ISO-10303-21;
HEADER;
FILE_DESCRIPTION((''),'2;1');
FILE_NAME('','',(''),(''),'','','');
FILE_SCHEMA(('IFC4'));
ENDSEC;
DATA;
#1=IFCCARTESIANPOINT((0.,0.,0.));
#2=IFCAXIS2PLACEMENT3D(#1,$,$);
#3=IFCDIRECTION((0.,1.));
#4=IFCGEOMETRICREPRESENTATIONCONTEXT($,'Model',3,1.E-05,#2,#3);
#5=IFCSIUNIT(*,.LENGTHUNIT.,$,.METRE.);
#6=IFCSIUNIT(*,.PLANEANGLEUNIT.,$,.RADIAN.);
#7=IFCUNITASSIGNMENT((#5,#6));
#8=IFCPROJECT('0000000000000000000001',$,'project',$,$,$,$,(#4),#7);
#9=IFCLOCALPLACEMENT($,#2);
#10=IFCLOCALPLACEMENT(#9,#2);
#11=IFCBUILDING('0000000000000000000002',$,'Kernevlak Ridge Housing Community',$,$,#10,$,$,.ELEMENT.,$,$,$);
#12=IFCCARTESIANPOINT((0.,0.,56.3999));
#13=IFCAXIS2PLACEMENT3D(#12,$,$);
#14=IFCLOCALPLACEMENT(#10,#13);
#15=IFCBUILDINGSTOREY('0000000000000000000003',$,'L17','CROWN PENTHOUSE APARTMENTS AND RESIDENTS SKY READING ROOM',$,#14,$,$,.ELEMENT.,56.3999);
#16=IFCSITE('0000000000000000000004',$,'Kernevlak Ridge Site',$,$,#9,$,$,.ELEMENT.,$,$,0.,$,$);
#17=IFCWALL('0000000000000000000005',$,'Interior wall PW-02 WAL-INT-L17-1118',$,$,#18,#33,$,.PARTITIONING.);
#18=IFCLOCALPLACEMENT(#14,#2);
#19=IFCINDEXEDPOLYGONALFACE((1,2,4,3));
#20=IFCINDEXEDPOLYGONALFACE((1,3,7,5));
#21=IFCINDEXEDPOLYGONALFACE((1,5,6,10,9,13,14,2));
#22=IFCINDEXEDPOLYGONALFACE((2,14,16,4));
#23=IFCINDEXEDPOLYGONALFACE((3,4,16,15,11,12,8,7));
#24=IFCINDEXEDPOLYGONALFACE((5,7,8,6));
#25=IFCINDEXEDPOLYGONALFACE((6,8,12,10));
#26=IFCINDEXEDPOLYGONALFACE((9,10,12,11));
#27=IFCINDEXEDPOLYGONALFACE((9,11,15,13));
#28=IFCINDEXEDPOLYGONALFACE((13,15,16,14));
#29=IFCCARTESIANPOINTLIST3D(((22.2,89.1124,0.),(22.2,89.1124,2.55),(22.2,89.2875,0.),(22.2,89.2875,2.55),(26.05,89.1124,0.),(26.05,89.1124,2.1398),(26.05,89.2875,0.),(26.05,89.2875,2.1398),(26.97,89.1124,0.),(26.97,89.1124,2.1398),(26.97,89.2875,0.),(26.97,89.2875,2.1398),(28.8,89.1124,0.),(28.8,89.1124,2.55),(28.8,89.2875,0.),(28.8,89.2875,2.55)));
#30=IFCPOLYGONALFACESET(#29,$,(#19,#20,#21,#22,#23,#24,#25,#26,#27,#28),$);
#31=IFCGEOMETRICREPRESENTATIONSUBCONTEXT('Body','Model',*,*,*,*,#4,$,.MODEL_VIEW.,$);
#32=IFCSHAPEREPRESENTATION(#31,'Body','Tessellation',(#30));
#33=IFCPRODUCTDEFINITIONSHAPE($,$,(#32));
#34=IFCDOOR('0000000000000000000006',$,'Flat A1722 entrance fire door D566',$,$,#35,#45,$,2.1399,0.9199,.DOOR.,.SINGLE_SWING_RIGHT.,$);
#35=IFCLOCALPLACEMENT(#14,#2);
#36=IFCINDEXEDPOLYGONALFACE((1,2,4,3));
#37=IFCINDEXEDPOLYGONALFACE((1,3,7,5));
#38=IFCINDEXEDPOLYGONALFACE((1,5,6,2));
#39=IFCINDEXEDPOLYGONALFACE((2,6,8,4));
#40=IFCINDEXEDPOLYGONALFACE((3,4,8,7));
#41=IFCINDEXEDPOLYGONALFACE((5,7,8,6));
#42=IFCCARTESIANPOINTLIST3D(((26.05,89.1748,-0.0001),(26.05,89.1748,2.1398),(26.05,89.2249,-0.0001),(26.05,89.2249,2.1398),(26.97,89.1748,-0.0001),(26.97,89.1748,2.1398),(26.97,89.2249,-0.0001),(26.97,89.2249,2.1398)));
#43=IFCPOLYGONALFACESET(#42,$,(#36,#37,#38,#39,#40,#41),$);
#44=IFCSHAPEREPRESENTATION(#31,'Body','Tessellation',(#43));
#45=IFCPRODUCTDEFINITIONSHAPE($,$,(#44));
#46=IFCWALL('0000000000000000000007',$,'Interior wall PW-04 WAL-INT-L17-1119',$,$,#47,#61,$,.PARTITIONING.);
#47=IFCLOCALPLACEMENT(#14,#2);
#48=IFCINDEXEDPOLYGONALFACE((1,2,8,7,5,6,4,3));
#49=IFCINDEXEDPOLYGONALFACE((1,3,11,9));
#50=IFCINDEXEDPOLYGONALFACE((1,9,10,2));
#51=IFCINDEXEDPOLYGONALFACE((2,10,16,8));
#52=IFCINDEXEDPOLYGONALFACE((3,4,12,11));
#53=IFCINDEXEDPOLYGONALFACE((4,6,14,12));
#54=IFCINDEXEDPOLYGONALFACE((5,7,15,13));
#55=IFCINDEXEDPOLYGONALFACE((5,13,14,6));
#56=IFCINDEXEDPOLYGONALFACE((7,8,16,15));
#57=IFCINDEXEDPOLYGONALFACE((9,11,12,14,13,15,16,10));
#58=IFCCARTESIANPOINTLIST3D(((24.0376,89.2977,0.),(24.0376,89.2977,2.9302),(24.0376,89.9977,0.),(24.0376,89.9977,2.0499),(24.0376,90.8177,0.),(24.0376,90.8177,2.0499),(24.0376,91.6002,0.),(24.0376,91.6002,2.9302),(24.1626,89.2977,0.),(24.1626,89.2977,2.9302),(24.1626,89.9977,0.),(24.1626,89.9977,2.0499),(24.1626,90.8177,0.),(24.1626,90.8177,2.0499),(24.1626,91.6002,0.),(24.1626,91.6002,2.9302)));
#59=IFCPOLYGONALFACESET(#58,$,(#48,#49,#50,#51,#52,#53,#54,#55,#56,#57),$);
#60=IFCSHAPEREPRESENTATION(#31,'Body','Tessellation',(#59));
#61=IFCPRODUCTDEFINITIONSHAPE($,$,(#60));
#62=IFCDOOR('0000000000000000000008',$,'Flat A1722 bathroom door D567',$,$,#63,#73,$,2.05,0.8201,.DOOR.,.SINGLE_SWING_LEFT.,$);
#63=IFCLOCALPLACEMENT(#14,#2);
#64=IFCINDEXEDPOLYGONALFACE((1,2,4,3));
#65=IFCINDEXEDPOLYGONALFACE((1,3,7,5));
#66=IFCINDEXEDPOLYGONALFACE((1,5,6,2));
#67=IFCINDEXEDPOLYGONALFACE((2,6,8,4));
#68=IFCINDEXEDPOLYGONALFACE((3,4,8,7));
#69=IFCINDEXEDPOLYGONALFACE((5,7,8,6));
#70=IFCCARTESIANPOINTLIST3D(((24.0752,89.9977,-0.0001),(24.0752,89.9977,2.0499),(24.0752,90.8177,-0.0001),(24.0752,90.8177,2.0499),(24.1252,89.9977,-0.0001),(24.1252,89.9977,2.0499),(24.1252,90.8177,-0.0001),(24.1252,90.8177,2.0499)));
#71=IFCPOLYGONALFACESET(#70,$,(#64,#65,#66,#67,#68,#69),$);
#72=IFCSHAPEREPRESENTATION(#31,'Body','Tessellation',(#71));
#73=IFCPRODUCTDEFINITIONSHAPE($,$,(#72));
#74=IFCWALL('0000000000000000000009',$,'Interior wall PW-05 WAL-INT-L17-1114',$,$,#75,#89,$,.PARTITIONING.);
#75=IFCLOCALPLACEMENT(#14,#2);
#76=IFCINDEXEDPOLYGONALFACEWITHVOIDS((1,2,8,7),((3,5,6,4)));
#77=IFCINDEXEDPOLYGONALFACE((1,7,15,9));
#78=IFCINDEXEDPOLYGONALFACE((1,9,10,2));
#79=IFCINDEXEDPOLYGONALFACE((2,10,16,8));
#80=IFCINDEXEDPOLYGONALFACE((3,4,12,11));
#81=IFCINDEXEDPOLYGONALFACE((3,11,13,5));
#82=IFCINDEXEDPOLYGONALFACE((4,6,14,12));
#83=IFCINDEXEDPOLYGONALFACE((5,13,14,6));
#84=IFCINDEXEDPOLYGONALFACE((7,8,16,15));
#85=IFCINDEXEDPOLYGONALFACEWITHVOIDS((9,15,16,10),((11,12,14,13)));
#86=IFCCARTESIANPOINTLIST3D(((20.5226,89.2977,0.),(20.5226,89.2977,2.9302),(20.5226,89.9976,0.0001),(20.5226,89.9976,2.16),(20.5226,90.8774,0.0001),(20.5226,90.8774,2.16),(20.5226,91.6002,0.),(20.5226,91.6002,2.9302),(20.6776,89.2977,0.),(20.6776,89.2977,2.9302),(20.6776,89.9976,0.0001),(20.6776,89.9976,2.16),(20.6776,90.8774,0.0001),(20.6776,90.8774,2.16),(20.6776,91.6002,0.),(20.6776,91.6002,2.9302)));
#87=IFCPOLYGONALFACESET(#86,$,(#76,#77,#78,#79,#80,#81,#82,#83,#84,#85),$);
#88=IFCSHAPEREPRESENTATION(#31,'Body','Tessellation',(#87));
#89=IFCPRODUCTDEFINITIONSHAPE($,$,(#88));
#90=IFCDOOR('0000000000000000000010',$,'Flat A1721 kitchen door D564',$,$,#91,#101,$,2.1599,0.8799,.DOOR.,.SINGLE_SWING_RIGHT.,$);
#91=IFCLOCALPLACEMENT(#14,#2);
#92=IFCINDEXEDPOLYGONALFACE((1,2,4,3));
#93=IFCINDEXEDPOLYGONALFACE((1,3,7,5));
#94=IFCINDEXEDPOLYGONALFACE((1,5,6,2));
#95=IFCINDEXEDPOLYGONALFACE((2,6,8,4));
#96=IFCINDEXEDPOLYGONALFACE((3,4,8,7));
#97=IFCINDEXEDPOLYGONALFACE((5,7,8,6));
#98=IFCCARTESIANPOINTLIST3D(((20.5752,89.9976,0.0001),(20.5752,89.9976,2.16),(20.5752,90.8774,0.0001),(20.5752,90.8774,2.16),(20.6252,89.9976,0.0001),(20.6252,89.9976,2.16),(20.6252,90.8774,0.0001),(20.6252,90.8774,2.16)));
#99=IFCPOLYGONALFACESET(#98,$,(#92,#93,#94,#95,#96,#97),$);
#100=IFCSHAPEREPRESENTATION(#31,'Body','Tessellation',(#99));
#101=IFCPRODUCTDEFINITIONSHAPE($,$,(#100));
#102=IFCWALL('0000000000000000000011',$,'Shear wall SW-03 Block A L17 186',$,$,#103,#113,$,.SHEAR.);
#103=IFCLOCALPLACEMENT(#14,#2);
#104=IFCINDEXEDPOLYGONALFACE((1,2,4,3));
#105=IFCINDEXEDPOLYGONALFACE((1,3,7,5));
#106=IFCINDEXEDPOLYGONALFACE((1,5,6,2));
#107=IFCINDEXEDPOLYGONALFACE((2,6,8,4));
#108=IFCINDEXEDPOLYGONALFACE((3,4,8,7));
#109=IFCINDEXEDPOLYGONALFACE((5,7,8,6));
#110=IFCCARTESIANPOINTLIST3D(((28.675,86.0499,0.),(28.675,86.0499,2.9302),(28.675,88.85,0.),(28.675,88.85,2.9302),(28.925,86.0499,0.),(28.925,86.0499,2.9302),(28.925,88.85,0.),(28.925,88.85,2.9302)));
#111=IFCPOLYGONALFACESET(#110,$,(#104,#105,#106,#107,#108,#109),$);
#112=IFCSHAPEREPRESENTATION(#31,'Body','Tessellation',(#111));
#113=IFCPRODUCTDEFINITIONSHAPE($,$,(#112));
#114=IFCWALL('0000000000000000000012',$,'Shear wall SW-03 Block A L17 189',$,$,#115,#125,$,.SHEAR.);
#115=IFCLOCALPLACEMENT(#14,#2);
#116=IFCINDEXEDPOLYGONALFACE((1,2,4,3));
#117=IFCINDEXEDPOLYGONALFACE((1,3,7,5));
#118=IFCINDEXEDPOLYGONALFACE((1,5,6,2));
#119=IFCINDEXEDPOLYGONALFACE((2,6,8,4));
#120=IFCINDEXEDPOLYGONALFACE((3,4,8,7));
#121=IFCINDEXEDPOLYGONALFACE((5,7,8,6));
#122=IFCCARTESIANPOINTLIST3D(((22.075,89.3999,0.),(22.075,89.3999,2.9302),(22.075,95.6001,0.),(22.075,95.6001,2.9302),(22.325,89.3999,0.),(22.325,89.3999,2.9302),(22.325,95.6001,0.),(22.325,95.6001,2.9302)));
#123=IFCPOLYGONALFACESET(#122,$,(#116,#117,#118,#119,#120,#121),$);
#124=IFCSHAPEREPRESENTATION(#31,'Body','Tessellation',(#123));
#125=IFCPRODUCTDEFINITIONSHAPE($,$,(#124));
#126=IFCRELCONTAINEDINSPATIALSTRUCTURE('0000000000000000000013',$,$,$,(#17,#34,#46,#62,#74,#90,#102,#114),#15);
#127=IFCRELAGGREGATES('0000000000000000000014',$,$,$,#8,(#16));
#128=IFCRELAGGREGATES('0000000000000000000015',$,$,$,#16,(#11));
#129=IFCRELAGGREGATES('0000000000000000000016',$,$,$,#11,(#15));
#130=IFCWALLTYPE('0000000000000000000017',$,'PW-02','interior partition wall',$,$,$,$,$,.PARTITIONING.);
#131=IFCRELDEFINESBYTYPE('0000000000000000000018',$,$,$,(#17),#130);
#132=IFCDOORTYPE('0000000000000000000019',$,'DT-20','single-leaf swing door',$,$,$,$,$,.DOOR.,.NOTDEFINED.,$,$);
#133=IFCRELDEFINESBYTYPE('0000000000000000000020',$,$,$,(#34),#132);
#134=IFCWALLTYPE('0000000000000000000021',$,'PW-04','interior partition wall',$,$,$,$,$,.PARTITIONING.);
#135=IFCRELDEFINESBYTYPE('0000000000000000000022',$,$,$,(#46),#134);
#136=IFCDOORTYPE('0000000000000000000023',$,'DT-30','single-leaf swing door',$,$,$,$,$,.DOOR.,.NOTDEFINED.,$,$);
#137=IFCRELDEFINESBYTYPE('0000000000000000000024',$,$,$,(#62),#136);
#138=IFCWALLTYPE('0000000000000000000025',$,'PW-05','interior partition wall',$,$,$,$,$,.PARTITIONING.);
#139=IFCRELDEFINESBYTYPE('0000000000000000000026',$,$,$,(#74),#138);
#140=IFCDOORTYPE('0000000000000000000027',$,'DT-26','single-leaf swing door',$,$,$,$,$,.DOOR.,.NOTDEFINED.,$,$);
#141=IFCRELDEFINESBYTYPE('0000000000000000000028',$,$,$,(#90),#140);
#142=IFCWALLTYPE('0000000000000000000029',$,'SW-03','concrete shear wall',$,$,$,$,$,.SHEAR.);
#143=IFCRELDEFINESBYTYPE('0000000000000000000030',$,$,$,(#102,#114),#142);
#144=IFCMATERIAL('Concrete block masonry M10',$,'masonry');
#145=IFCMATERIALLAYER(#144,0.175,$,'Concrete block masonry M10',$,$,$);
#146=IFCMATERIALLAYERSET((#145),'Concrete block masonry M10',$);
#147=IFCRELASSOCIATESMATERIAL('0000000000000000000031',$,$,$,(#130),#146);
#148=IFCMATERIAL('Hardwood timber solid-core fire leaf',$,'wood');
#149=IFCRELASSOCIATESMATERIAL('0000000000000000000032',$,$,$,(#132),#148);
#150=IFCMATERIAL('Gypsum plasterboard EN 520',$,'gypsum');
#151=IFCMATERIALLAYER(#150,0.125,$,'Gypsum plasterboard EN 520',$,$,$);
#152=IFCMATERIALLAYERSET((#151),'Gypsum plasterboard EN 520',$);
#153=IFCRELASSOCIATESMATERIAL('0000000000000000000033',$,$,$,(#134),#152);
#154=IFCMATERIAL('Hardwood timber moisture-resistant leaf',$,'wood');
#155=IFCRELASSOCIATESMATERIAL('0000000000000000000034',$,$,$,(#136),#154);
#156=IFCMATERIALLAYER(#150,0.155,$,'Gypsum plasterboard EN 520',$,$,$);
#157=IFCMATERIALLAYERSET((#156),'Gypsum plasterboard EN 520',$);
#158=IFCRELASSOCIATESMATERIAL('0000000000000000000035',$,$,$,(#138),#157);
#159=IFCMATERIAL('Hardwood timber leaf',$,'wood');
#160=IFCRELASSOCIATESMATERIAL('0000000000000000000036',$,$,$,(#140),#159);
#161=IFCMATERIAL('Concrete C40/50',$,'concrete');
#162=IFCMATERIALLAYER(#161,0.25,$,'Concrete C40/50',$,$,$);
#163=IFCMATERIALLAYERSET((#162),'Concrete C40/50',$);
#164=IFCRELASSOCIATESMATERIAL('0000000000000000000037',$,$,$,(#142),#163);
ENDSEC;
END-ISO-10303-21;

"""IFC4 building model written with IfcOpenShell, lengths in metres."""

from ifc_helpers import new_model, si_unit, direction, frame, frame_2d, origin, place, context, subcontext, project, spatial, rectangle, extrude, material, layer, layer_set, type_object, element, fill, save


model = new_model("IFC4")

# Units and contexts
model_context = context("Model", 3, precision=1e-05, world=origin(), true_north=direction((0.0, 1.0)))
body_context = subcontext(model_context, "Body", "Model", "MODEL_VIEW")
ifc_project = project(units=[si_unit("LENGTHUNIT", "METRE"), si_unit("PLANEANGLEUNIT", "RADIAN")], contexts=[model_context])

# Site, building, storey
site_placement = place(None, origin())
site = spatial("IfcSite", under=ifc_project, at=site_placement, Name="Kernevlak Ridge Site", CompositionType="ELEMENT", RefElevation=0.0)
building_placement = place(site_placement, origin())
building = spatial("IfcBuilding", under=site, at=building_placement, Name="Kernevlak Ridge Housing Community", CompositionType="ELEMENT")
storey_placement = place(building_placement, frame((0.0, 0.0, 56.3999)))
storey = spatial("IfcBuildingStorey", under=building, at=storey_placement, Name="L17", Description="CROWN PENTHOUSE APARTMENTS AND RESIDENTS SKY READING ROOM", CompositionType="ELEMENT", Elevation=56.3999)

# Shared definitions
ifc_material_1 = material(Name="Concrete block masonry M10", Category="masonry")
ifc_layer_1 = layer(ifc_material_1, 0.175, Name="Concrete block masonry M10")
ifc_layer_set_1 = layer_set([ifc_layer_1], Name="Concrete block masonry M10")
wall_type_1 = type_object("IfcWallType", Name="PW-02", Description="interior partition wall", PredefinedType="PARTITIONING", material=ifc_layer_set_1)

# Walls, openings, doors
ifc_material_2 = material(Name="Hardwood timber solid-core fire leaf", Category="wood")
door_type_1 = type_object("IfcDoorType", Name="DT-20", Description="single-leaf swing door", OperationType="NOTDEFINED", PredefinedType="DOOR", material=ifc_material_2)
wall_1_placement = place(storey_placement, frame((22.2, 89.2, 0.0), z_axis=(0.0, 0.0, 1.0), x_axis=(1.0, 0.0, 0.0)))
wall_1 = element("IfcWall", 1, at=wall_1_placement, inside=storey, type_object=wall_type_1, Name="Interior wall PW-02 WAL-INT-L17-1118", PredefinedType="PARTITIONING", context=body_context, shape_type="SweptSolid", body=[
    extrude(rectangle(XDim=6.6001, YDim=0.175, at=frame_2d((3.3, 0.0))), origin(), (0.0, 0.0, 1.0), 2.55),
])
opening_1_placement = place(wall_1_placement, frame((3.8501, 0.0, 0.0)))
opening_1 = element("IfcOpeningElement", 2, at=opening_1_placement, cuts=wall_1, PredefinedType="OPENING", context=body_context, shape_type="SweptSolid", body=[
    extrude(rectangle(XDim=0.9199, YDim=2.1399, at=frame_2d((0.46, 1.0698))), frame((0.0, 0.0974, 0.0), z_axis=(0.0, -1.0, 0.0), x_axis=(1.0, 0.0, 0.0)), (0.0, 0.0, 1.0), 0.1951),
])
door_1_placement = place(opening_1_placement, origin())
door_1 = element("IfcDoor", 3, at=door_1_placement, inside=storey, type_object=door_type_1, Name="Flat A1722 entrance fire door D566", OperationType="SINGLE_SWING_RIGHT", OverallHeight=2.1399, OverallWidth=0.9199, PredefinedType="DOOR", context=body_context, shape_type="SweptSolid", body=[
    extrude(rectangle(XDim=0.9199, YDim=2.1399, at=frame_2d((0.46, 1.0698))), frame((0.0, 0.0249, 0.0), z_axis=(0.0, -1.0, 0.0), x_axis=(1.0, 0.0, 0.0)), (0.0, 0.0, 1.0), 0.05),
])
fill(opening_1, door_1)
ifc_material_3 = material(Name="Gypsum plasterboard EN 520", Category="gypsum")
ifc_layer_2 = layer(ifc_material_3, 0.125, Name="Gypsum plasterboard EN 520")
ifc_layer_set_2 = layer_set([ifc_layer_2], Name="Gypsum plasterboard EN 520")
wall_type_2 = type_object("IfcWallType", Name="PW-04", Description="interior partition wall", PredefinedType="PARTITIONING", material=ifc_layer_set_2)
wall_2_placement = place(storey_placement, frame((24.1001, 89.2976, 0.0), z_axis=(0.0, 0.0, 1.0), x_axis=(0.0, 1.0, 0.0)))
wall_2 = element("IfcWall", 4, at=wall_2_placement, inside=storey, type_object=wall_type_2, Name="Interior wall PW-04 WAL-INT-L17-1119", PredefinedType="PARTITIONING", context=body_context, shape_type="SweptSolid", body=[
    extrude(rectangle(XDim=2.3025, YDim=0.125, at=frame_2d((1.1514, 0.0))), origin(), (0.0, 0.0, 1.0), 2.9302),
])
opening_2_placement = place(wall_2_placement, frame((0.7, 0.0, 0.0)))
opening_2 = element("IfcOpeningElement", 5, at=opening_2_placement, cuts=wall_2, PredefinedType="OPENING", context=body_context, shape_type="SweptSolid", body=[
    extrude(rectangle(XDim=0.8201, YDim=2.05, at=frame_2d((0.4102, 1.0249))), frame((0.0, 0.0725, 0.0), z_axis=(0.0, -1.0, 0.0), x_axis=(1.0, 0.0, 0.0)), (0.0, 0.0, 1.0), 0.145),
])
ifc_material_4 = material(Name="Hardwood timber moisture-resistant leaf", Category="wood")
door_type_2 = type_object("IfcDoorType", Name="DT-30", Description="single-leaf swing door", OperationType="NOTDEFINED", PredefinedType="DOOR", material=ifc_material_4)
door_2_placement = place(opening_2_placement, origin())
door_2 = element("IfcDoor", 6, at=door_2_placement, inside=storey, type_object=door_type_2, Name="Flat A1722 bathroom door D567", OperationType="SINGLE_SWING_LEFT", OverallHeight=2.05, OverallWidth=0.8201, PredefinedType="DOOR", context=body_context, shape_type="SweptSolid", body=[
    extrude(rectangle(XDim=0.8201, YDim=2.05, at=frame_2d((0.4102, 1.0249))), frame((0.0, 0.0249, 0.0), z_axis=(0.0, -1.0, 0.0), x_axis=(1.0, 0.0, 0.0)), (0.0, 0.0, 1.0), 0.05),
])
fill(opening_2, door_2)
ifc_layer_3 = layer(ifc_material_3, 0.155, Name="Gypsum plasterboard EN 520")
ifc_layer_set_3 = layer_set([ifc_layer_3], Name="Gypsum plasterboard EN 520")
wall_type_3 = type_object("IfcWallType", Name="PW-05", Description="interior partition wall", PredefinedType="PARTITIONING", material=ifc_layer_set_3)
wall_3_placement = place(storey_placement, frame((20.6001, 89.2976, 0.0), z_axis=(0.0, 0.0, 1.0), x_axis=(0.0, 1.0, 0.0)))
wall_3 = element("IfcWall", 7, at=wall_3_placement, inside=storey, type_object=wall_type_3, Name="Interior wall PW-05 WAL-INT-L17-1114", PredefinedType="PARTITIONING", context=body_context, shape_type="SweptSolid", body=[
    extrude(rectangle(XDim=2.3025, YDim=0.155, at=frame_2d((1.1514, 0.0))), origin(), (0.0, 0.0, 1.0), 2.9302),
])
opening_3_placement = place(wall_3_placement, frame((0.7, 0.0, 0.0)))
opening_3 = element("IfcOpeningElement", 8, at=opening_3_placement, cuts=wall_3, PredefinedType="OPENING", context=body_context, shape_type="SweptSolid", body=[
    extrude(rectangle(XDim=0.8799, YDim=2.1599, at=frame_2d((0.4399, 1.0801))), frame((0.0, 0.0874, 0.0), z_axis=(0.0, -1.0, 0.0), x_axis=(1.0, 0.0, 0.0)), (0.0, 0.0, 1.0), 0.175),
])
ifc_material_5 = material(Name="Hardwood timber leaf", Category="wood")
door_type_3 = type_object("IfcDoorType", Name="DT-26", Description="single-leaf swing door", OperationType="NOTDEFINED", PredefinedType="DOOR", material=ifc_material_5)
door_3_placement = place(opening_3_placement, origin())
door_3 = element("IfcDoor", 9, at=door_3_placement, inside=storey, type_object=door_type_3, Name="Flat A1721 kitchen door D564", OperationType="SINGLE_SWING_RIGHT", OverallHeight=2.1599, OverallWidth=0.8799, PredefinedType="DOOR", context=body_context, shape_type="SweptSolid", body=[
    extrude(rectangle(XDim=0.8799, YDim=2.1599, at=frame_2d((0.4399, 1.0801))), frame((0.0, 0.0249, 0.0), z_axis=(0.0, -1.0, 0.0), x_axis=(1.0, 0.0, 0.0)), (0.0, 0.0, 1.0), 0.05),
])
fill(opening_3, door_3)

# Walls
ifc_material_6 = material(Name="Concrete C40/50", Category="concrete")
ifc_layer_4 = layer(ifc_material_6, 0.25, Name="Concrete C40/50")
ifc_layer_set_4 = layer_set([ifc_layer_4], Name="Concrete C40/50")
wall_type_4 = type_object("IfcWallType", Name="SW-03", Description="concrete shear wall", PredefinedType="SHEAR", material=ifc_layer_set_4)
wall_4_placement = place(storey_placement, frame((28.8, 86.05, 0.0), z_axis=(0.0, 0.0, 1.0), x_axis=(0.0, 1.0, 0.0)))
element("IfcWall", 10, at=wall_4_placement, inside=storey, type_object=wall_type_4, Name="Shear wall SW-03 Block A L17 186", PredefinedType="SHEAR", context=body_context, shape_type="SweptSolid", body=[
    extrude(rectangle(XDim=2.8, YDim=0.25, at=frame_2d((1.3999, 0.0))), origin(), (0.0, 0.0, 1.0), 2.9302),
])
wall_5_placement = place(storey_placement, frame((22.2, 89.3999, 0.0), z_axis=(0.0, 0.0, 1.0), x_axis=(0.0, 1.0, 0.0)))
element("IfcWall", 11, at=wall_5_placement, inside=storey, type_object=wall_type_4, Name="Shear wall SW-03 Block A L17 189", PredefinedType="SHEAR", context=body_context, shape_type="SweptSolid", body=[
    extrude(rectangle(XDim=6.2002, YDim=0.25, at=frame_2d((3.1001, 0.0))), origin(), (0.0, 0.0, 1.0), 2.9302),
])

save(model, "model.ifc")
